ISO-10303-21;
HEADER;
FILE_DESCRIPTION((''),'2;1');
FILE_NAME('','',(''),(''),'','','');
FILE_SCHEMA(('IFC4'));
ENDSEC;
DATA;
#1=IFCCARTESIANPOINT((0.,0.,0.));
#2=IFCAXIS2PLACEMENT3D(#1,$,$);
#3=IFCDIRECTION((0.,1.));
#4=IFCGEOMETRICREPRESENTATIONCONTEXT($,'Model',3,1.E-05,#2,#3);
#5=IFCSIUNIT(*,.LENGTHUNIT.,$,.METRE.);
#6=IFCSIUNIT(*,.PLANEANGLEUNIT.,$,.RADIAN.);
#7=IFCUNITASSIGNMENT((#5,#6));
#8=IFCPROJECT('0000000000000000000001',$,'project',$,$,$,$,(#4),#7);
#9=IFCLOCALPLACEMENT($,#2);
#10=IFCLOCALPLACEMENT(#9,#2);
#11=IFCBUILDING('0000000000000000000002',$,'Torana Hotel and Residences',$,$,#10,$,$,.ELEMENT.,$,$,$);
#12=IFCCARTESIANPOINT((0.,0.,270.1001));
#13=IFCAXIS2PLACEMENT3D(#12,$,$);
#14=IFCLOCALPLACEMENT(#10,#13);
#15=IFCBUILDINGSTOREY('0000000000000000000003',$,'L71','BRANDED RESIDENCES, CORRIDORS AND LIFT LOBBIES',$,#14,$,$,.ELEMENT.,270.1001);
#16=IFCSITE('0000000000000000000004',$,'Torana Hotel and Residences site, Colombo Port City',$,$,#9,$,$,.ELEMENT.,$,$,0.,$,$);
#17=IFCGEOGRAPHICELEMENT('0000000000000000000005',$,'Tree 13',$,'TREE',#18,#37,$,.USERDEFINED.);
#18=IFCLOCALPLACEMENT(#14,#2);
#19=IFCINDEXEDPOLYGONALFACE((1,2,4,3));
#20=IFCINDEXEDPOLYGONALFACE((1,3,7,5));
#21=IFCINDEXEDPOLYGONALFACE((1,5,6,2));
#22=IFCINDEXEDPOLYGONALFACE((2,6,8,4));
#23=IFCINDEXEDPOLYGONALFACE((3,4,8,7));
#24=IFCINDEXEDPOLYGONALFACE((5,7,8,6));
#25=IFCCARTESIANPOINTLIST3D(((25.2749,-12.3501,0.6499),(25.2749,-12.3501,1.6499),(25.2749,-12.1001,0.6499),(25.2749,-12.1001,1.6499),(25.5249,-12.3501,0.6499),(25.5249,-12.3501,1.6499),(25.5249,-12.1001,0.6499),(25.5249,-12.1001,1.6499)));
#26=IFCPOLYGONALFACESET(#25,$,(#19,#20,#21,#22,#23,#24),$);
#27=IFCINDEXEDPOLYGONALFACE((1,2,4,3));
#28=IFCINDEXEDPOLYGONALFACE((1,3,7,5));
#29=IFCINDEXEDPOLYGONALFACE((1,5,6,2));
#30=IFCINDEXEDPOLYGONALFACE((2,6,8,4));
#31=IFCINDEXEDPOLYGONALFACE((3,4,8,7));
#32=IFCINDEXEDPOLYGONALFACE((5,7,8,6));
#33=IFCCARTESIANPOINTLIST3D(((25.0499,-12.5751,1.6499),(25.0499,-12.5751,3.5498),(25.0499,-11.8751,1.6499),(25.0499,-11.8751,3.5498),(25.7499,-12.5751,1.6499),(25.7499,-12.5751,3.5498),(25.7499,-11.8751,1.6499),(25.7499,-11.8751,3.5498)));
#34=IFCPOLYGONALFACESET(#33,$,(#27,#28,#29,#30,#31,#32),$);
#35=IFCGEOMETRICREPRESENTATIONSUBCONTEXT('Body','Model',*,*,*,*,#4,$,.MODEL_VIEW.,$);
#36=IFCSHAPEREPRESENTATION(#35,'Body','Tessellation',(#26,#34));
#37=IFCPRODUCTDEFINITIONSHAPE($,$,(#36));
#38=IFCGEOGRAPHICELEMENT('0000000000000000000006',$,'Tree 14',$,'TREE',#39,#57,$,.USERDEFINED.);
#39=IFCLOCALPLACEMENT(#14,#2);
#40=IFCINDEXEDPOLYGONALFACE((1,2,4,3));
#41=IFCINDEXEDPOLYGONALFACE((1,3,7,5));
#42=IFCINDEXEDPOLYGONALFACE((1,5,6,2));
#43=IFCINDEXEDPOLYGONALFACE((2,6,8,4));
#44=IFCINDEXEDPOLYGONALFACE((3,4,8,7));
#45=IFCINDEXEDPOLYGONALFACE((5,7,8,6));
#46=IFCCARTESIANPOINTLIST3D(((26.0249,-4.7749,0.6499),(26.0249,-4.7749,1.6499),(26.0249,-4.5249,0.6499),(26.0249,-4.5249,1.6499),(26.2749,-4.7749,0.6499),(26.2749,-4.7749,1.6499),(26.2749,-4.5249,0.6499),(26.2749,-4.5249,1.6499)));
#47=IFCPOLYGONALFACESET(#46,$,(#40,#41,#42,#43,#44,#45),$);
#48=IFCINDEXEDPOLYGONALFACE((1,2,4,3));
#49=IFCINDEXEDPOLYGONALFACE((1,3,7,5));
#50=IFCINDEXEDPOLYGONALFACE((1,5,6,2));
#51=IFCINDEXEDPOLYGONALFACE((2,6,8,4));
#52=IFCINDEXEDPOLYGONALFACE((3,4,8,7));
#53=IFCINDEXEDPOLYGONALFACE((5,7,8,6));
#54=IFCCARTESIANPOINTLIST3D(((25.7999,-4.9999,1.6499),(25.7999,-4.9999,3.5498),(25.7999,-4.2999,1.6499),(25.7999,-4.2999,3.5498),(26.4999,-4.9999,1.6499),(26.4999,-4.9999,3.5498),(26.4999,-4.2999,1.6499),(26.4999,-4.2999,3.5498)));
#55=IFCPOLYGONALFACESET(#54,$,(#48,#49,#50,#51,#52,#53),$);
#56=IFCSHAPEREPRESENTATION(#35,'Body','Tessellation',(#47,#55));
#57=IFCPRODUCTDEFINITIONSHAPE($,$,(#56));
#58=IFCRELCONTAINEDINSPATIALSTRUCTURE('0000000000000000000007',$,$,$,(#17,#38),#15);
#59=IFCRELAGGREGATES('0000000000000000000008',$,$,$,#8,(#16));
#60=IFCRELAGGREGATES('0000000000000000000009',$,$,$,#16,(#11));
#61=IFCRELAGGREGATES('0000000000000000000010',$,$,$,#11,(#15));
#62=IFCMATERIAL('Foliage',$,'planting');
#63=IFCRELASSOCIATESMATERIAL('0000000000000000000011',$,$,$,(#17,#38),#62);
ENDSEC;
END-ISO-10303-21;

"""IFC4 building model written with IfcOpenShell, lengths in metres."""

from ifc_helpers import new_model, si_unit, direction, frame, origin, origin_2d, place, context, subcontext, project, spatial, rectangle, extrude, material, element, save


model = new_model("IFC4")

# Units and contexts
model_context = context("Model", 3, precision=1e-05, world=origin(), true_north=direction((0.0, 1.0)))
body_context = subcontext(model_context, "Body", "Model", "MODEL_VIEW")
ifc_project = project(units=[si_unit("LENGTHUNIT", "METRE"), si_unit("PLANEANGLEUNIT", "RADIAN")], contexts=[model_context])

# Site, building, storey
site_placement = place(None, origin())
site = spatial("IfcSite", under=ifc_project, at=site_placement, Name="Torana Hotel and Residences site, Colombo Port City", CompositionType="ELEMENT", RefElevation=0.0)
building_placement = place(site_placement, origin())
building = spatial("IfcBuilding", under=site, at=building_placement, Name="Torana Hotel and Residences", CompositionType="ELEMENT")
storey_placement = place(building_placement, frame((0.0, 0.0, 270.1001)))
storey = spatial("IfcBuildingStorey", under=building, at=storey_placement, Name="L71", Description="BRANDED RESIDENCES, CORRIDORS AND LIFT LOBBIES", CompositionType="ELEMENT", Elevation=270.1001)

# Geographic elements
ifc_material_1 = material(Name="Foliage", Category="planting")
for number, where, z_axis, x_axis, name in (
    (1, (25.3999, -12.2251, 0.6499), (0.0, 0.0, 1.0), (1.0, 0.0, 0.0), "Tree 13"),
    (2, (26.1499, -4.6499, 0.6499), (0.0, 0.0, 1.0), (1.0, 0.0, 0.0), "Tree 14"),
):
    element("IfcGeographicElement", number, at=place(storey_placement, frame(where, z_axis=z_axis, x_axis=x_axis)), inside=storey, material=ifc_material_1, Name=name, ObjectType="TREE", PredefinedType="USERDEFINED", context=body_context, shape_type="SweptSolid", body=[
        extrude(rectangle(XDim=0.25, YDim=0.25, at=origin_2d()), origin(), (0.0, 0.0, 1.0), 1.0),
        extrude(rectangle(XDim=0.7, YDim=0.7, at=origin_2d()), frame((0.0, 0.0, 1.0)), (0.0, 0.0, 1.0), 1.8999),
    ])

save(model, "model.ifc")
